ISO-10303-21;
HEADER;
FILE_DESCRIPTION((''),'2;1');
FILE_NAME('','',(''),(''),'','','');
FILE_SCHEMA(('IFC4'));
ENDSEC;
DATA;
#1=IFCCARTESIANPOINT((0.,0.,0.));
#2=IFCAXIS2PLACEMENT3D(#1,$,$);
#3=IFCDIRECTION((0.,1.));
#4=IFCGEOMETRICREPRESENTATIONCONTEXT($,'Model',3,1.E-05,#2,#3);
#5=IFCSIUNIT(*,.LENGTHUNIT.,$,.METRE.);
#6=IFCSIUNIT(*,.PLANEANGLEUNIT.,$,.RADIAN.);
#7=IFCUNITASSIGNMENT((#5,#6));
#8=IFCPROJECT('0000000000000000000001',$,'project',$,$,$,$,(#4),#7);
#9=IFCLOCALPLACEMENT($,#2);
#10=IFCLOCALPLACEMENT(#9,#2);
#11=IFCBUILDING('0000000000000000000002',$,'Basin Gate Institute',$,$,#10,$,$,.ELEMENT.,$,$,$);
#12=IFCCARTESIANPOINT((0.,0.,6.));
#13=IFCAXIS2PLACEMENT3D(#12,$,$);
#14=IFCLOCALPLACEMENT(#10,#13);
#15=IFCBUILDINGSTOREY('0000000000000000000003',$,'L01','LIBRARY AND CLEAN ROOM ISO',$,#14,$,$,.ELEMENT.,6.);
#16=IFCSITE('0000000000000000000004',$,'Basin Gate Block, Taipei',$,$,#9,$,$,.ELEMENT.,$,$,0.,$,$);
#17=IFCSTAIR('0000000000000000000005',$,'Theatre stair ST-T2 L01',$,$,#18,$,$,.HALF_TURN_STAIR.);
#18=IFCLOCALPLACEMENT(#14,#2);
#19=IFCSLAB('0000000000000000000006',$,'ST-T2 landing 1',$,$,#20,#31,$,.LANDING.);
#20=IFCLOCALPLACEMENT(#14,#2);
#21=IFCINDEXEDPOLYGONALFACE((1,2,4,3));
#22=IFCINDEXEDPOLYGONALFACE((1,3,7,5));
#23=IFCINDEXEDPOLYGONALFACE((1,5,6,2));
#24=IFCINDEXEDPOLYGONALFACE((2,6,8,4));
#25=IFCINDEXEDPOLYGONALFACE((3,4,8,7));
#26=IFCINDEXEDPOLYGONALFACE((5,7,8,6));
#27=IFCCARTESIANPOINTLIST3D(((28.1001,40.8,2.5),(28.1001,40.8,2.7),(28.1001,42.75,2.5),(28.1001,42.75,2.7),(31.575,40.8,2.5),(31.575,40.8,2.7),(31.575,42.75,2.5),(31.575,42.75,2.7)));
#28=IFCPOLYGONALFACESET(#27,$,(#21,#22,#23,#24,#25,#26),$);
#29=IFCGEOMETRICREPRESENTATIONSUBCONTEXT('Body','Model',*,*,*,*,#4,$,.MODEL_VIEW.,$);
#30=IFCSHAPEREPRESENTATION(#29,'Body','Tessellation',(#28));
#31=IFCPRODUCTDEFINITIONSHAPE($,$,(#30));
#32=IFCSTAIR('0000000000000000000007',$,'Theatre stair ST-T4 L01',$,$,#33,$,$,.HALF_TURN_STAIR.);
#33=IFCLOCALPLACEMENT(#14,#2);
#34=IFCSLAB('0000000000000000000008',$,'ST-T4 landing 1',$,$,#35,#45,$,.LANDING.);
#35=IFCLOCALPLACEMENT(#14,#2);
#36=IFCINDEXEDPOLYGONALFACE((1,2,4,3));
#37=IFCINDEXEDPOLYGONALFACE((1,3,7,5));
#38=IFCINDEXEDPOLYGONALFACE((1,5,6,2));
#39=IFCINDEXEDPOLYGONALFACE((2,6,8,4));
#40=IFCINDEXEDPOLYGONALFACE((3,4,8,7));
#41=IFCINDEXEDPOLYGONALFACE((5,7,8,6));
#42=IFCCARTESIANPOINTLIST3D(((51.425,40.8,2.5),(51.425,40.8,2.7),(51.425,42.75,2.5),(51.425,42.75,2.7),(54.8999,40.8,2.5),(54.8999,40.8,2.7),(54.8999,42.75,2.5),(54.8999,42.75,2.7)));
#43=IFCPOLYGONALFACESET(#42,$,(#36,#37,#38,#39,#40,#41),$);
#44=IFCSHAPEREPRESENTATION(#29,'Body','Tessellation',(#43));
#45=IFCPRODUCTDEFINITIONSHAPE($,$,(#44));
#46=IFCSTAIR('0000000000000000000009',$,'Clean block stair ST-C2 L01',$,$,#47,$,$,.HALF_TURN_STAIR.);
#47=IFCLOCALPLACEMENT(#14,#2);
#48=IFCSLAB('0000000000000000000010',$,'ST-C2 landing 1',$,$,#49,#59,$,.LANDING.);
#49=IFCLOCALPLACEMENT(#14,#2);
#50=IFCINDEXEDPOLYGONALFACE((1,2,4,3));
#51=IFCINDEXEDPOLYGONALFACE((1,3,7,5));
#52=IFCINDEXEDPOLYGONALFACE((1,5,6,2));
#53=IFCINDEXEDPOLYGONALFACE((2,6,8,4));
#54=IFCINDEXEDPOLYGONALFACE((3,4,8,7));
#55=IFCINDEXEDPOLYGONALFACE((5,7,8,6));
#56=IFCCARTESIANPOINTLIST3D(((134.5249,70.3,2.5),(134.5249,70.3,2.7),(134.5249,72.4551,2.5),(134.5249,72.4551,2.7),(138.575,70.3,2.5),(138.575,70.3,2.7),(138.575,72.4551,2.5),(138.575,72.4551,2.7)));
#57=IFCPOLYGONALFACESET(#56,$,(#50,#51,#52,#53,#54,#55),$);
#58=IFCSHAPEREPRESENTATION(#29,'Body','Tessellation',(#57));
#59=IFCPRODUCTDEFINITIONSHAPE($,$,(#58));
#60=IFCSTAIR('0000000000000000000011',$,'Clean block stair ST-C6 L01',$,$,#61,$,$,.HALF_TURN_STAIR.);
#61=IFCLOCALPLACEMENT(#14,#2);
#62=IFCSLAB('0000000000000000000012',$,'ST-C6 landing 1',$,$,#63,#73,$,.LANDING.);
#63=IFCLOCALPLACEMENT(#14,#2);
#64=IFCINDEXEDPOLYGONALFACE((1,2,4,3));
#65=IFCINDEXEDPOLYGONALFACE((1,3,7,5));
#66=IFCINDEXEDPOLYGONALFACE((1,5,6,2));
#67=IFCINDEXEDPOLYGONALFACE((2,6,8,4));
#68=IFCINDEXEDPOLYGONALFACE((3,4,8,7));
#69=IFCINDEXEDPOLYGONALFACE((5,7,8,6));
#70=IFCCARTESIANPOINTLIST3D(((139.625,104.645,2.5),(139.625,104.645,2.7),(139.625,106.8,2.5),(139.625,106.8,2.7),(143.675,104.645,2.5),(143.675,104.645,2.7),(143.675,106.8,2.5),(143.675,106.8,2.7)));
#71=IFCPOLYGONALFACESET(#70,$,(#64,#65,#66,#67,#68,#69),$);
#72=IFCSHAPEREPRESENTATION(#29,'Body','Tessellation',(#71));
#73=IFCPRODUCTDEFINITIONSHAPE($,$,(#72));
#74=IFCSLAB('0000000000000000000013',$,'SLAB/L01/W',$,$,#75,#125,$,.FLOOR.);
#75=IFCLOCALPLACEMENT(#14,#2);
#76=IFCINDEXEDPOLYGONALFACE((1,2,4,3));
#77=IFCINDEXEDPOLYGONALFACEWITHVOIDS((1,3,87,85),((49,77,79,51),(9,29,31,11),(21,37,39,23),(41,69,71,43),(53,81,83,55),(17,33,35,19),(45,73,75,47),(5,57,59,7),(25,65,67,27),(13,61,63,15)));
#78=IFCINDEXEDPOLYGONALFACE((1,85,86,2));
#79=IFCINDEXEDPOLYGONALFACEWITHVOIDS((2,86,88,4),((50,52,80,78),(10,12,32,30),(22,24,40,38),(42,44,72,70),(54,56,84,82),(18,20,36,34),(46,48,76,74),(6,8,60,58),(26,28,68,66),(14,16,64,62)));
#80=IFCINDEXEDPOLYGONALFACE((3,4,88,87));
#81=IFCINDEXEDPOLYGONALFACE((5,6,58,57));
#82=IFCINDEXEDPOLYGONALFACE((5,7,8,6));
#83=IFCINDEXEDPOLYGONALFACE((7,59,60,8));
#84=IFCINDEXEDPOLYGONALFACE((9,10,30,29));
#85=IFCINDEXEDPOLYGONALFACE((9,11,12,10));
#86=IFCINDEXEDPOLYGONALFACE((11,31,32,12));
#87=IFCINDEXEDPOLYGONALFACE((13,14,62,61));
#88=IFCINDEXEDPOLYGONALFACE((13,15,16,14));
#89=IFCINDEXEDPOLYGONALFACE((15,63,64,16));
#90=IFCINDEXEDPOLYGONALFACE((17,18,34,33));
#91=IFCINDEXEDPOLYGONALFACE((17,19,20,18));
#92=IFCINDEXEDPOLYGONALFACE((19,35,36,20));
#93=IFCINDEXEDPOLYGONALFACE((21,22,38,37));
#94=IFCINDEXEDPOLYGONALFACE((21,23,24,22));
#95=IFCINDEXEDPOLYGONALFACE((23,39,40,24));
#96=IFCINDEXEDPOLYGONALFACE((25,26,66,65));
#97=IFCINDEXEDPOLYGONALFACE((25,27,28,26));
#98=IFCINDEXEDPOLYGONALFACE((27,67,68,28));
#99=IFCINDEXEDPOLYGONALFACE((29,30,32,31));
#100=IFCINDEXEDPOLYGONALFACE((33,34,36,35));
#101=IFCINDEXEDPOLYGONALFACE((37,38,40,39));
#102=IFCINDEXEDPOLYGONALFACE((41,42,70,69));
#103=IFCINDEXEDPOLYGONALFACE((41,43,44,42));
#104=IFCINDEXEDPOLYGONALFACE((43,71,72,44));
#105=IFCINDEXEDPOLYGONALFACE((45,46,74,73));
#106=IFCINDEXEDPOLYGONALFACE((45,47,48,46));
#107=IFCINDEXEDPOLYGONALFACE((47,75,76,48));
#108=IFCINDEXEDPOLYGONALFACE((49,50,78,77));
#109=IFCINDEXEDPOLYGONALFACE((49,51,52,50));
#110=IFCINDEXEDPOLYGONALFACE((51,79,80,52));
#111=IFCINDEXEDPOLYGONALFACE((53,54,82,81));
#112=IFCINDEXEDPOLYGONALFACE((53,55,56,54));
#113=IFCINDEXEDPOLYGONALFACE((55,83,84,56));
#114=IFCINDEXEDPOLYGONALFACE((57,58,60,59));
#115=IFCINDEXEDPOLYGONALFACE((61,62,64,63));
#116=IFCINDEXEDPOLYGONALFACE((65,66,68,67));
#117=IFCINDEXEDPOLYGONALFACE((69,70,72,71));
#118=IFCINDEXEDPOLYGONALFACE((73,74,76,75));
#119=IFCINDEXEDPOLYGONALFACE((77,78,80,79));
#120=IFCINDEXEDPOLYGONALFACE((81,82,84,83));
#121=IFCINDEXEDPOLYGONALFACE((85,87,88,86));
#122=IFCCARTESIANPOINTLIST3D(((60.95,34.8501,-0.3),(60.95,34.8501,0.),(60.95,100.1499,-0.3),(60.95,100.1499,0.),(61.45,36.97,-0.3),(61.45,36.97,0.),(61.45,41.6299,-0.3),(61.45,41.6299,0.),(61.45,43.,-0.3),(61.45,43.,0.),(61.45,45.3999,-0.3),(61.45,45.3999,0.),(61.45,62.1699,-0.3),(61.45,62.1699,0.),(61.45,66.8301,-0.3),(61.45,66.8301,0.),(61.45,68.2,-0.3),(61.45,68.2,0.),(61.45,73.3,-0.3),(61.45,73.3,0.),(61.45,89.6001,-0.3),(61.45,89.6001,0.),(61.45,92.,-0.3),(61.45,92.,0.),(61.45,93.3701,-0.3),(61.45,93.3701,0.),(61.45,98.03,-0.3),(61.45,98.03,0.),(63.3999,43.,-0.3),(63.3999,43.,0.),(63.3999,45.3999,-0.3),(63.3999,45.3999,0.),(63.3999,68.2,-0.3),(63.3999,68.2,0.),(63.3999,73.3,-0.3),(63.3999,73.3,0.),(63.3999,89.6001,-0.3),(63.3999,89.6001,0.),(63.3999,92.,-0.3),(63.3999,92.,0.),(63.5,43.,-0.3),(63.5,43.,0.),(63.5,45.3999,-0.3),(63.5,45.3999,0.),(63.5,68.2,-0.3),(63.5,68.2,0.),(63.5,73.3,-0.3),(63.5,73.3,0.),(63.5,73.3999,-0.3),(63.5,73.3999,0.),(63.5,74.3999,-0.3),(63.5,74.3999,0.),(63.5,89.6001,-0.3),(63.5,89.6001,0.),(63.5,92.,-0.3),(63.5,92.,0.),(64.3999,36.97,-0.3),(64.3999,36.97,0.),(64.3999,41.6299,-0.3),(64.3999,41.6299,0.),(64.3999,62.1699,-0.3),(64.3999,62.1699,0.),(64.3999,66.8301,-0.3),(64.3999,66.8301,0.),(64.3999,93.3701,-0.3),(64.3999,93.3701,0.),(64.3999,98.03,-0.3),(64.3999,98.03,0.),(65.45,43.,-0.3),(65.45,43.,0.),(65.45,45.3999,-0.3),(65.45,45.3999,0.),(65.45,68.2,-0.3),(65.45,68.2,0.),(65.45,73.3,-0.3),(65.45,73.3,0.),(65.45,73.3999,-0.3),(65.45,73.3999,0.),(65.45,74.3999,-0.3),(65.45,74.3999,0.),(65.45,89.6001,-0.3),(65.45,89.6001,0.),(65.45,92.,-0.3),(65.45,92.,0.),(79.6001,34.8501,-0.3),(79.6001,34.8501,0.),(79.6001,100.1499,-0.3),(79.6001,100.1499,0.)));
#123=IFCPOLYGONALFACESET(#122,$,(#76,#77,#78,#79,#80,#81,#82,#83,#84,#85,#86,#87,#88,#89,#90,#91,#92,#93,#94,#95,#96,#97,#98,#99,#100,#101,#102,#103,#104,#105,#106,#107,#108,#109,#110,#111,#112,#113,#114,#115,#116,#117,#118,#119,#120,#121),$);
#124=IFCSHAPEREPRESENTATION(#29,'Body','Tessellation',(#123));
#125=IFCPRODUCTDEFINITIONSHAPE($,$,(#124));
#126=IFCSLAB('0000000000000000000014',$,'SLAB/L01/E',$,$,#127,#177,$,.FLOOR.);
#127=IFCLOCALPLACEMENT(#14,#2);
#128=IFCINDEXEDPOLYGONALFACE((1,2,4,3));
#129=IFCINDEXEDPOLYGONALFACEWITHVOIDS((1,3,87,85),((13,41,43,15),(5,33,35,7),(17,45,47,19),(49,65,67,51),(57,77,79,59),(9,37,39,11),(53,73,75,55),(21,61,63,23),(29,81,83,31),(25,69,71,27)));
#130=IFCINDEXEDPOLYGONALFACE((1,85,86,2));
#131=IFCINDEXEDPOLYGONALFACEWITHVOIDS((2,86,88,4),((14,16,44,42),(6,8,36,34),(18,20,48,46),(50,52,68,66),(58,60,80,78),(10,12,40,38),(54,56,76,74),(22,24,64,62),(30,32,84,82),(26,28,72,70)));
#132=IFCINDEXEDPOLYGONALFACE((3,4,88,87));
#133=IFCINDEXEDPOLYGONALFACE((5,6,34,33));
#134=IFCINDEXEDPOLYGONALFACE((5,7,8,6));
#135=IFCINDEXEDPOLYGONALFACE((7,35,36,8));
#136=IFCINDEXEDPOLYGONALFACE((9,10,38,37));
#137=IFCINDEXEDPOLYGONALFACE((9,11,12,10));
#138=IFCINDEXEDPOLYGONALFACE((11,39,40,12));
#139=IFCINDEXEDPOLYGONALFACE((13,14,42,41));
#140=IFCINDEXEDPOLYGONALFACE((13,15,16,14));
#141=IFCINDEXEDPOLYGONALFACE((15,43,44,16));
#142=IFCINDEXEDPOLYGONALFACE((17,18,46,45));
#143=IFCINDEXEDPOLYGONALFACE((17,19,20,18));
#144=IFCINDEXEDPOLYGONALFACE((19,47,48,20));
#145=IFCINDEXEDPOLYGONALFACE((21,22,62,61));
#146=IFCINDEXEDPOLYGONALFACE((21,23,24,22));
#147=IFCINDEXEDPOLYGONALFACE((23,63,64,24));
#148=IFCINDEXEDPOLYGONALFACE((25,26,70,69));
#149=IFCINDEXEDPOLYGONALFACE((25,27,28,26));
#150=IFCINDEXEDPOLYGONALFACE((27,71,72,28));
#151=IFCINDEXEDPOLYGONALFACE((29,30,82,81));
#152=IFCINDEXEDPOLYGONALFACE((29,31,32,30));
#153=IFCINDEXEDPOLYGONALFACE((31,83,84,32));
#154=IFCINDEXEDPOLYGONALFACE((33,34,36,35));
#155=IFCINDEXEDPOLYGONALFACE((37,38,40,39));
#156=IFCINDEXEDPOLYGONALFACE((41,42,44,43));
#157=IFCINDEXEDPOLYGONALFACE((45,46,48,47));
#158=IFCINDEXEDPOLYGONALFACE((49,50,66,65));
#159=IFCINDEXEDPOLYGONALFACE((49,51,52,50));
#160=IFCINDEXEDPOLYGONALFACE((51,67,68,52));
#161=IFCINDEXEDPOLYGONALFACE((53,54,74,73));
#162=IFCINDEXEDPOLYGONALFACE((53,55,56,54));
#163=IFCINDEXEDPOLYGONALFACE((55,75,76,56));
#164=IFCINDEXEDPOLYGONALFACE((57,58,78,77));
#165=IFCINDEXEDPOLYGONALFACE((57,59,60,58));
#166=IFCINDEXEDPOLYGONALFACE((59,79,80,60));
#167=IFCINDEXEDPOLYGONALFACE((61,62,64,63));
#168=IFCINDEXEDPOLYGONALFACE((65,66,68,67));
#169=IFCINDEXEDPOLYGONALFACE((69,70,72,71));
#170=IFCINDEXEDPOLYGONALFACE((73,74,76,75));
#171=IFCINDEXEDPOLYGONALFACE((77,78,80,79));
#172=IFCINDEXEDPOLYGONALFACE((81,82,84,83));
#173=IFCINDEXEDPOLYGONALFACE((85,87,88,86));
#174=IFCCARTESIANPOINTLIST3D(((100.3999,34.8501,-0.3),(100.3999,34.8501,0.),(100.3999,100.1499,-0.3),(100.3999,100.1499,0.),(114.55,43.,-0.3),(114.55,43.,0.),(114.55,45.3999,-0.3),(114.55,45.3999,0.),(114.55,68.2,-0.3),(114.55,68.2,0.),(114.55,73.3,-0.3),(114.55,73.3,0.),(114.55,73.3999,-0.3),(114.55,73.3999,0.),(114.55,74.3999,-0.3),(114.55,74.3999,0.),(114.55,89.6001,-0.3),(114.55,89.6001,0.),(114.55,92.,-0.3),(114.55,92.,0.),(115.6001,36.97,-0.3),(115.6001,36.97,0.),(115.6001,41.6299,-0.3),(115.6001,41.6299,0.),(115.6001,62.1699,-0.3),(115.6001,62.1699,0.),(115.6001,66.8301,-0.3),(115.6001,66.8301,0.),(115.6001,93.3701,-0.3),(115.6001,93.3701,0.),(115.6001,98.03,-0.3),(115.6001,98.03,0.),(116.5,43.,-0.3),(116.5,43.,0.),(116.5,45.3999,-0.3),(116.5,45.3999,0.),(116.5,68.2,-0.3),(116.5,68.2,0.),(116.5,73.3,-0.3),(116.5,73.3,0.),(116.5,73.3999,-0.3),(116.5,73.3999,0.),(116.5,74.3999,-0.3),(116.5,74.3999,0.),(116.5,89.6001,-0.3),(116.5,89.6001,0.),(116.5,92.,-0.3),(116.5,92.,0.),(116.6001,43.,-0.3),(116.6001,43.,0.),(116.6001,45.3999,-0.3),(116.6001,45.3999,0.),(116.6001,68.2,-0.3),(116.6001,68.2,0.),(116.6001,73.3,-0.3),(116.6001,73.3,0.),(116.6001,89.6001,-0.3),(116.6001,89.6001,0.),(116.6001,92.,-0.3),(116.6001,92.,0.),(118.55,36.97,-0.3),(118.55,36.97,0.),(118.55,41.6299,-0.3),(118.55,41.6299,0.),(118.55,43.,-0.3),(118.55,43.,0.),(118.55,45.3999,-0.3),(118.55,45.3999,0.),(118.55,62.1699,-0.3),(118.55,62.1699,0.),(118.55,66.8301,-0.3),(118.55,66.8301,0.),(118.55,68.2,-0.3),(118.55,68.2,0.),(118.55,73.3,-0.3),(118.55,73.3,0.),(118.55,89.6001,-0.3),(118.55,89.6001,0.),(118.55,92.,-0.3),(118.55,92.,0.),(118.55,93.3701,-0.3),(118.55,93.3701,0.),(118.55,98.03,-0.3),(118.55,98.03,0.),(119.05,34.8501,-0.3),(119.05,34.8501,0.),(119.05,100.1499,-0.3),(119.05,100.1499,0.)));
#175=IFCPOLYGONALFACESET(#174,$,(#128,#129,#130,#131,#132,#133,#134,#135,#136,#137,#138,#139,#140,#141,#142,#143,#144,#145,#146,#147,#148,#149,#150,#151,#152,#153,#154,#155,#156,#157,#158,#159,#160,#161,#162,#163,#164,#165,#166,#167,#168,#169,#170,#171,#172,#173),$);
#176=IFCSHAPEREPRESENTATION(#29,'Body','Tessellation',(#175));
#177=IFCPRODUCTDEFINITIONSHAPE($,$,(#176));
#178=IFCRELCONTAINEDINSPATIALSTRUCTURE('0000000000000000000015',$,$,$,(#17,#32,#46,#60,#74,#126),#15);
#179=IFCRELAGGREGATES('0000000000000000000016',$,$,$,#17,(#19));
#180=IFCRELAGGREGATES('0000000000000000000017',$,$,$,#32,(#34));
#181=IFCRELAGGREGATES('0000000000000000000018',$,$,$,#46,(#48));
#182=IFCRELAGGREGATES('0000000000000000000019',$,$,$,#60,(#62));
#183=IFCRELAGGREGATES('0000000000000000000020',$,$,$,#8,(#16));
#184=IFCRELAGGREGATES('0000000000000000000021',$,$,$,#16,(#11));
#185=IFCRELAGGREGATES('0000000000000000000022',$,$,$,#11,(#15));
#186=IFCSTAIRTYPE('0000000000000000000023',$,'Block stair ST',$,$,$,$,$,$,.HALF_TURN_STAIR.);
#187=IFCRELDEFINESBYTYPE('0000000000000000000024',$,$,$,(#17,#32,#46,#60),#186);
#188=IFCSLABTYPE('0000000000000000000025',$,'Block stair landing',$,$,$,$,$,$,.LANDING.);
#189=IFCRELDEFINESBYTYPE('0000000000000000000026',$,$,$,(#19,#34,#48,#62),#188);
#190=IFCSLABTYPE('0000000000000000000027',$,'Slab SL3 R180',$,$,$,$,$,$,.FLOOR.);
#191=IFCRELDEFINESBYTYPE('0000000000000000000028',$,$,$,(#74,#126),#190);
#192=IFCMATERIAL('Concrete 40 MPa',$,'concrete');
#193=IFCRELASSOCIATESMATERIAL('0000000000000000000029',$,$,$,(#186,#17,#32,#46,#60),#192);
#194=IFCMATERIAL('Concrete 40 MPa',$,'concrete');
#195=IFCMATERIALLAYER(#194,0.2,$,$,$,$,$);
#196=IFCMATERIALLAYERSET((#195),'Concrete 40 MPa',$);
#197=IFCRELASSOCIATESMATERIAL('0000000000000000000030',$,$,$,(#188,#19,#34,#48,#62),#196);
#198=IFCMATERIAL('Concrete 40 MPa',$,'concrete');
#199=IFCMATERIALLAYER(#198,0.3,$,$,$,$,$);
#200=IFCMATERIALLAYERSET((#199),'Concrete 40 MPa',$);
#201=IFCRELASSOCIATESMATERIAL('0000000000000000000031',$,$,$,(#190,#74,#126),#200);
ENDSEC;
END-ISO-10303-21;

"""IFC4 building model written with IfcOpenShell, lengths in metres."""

from ifc_helpers import new_model, si_unit, direction, frame, origin, place, context, subcontext, project, spatial, polyline, outline, extrude, material, layer, layer_set, type_object, element, aggregate, save


model = new_model("IFC4")

# Units and contexts
model_context = context("Model", 3, precision=1e-05, world=origin(), true_north=direction((0.0, 1.0)))
body_context = subcontext(model_context, "Body", "Model", "MODEL_VIEW")
ifc_project = project(units=[si_unit("LENGTHUNIT", "METRE"), si_unit("PLANEANGLEUNIT", "RADIAN")], contexts=[model_context])

# Site, building, storey
site_placement = place(None, origin())
site = spatial("IfcSite", under=ifc_project, at=site_placement, Name="Basin Gate Block, Taipei", CompositionType="ELEMENT", RefElevation=0.0)
building_placement = place(site_placement, origin())
building = spatial("IfcBuilding", under=site, at=building_placement, Name="Basin Gate Institute", CompositionType="ELEMENT")
storey_placement = place(building_placement, frame((0.0, 0.0, 6.0)))
storey = spatial("IfcBuildingStorey", under=building, at=storey_placement, Name="L01", Description="LIBRARY AND CLEAN ROOM ISO", CompositionType="ELEMENT", Elevation=6.0)

# Stairs, slabs
ifc_material_1 = material(Name="Concrete 40 MPa", Category="concrete")
stair_type_1 = type_object("IfcStairType", Name="Block stair ST", PredefinedType="HALF_TURN_STAIR", material=ifc_material_1)
stair_1_placement = place(storey_placement, origin())
stair_1 = element("IfcStair", 1, at=stair_1_placement, inside=storey, type_object=stair_type_1, material=ifc_material_1, Name="Theatre stair ST-T2 L01", PredefinedType="HALF_TURN_STAIR")
ifc_material_2 = material(Name="Concrete 40 MPa", Category="concrete")
ifc_layer_1 = layer(ifc_material_2, 0.2)
ifc_layer_set_1 = layer_set([ifc_layer_1], Name="Concrete 40 MPa")
slab_type_1 = type_object("IfcSlabType", Name="Block stair landing", PredefinedType="LANDING", material=ifc_layer_set_1)
slab_1_placement = place(storey_placement, frame((0.0, 0.0, 2.5)))
slab_1 = element("IfcSlab", 2, at=slab_1_placement, type_object=slab_type_1, material=ifc_layer_set_1, Name="ST-T2 landing 1", PredefinedType="LANDING", context=body_context, shape_type="SweptSolid", body=[
    extrude(outline(polyline([(28.1001, 40.8), (31.575, 40.8), (31.575, 42.75), (28.1001, 42.75), (28.1001, 40.8)])), origin(), (0.0, 0.0, 1.0), 0.2),
])
aggregate(stair_1, [slab_1])
stair_2_placement = place(storey_placement, origin())
stair_2 = element("IfcStair", 3, at=stair_2_placement, inside=storey, type_object=stair_type_1, material=ifc_material_1, Name="Theatre stair ST-T4 L01", PredefinedType="HALF_TURN_STAIR")
slab_2_placement = place(storey_placement, frame((0.0, 0.0, 2.5)))
slab_2 = element("IfcSlab", 4, at=slab_2_placement, type_object=slab_type_1, material=ifc_layer_set_1, Name="ST-T4 landing 1", PredefinedType="LANDING", context=body_context, shape_type="SweptSolid", body=[
    extrude(outline(polyline([(51.425, 40.8), (54.8999, 40.8), (54.8999, 42.75), (51.425, 42.75), (51.425, 40.8)])), origin(), (0.0, 0.0, 1.0), 0.2),
])
aggregate(stair_2, [slab_2])
stair_3_placement = place(storey_placement, origin())
stair_3 = element("IfcStair", 5, at=stair_3_placement, inside=storey, type_object=stair_type_1, material=ifc_material_1, Name="Clean block stair ST-C2 L01", PredefinedType="HALF_TURN_STAIR")
slab_3_placement = place(storey_placement, frame((0.0, 0.0, 2.5)))
slab_3 = element("IfcSlab", 6, at=slab_3_placement, type_object=slab_type_1, material=ifc_layer_set_1, Name="ST-C2 landing 1", PredefinedType="LANDING", context=body_context, shape_type="SweptSolid", body=[
    extrude(outline(polyline([(134.5249, 70.3), (138.575, 70.3), (138.575, 72.4551), (134.5249, 72.4551), (134.5249, 70.3)])), origin(), (0.0, 0.0, 1.0), 0.2),
])
aggregate(stair_3, [slab_3])
stair_4_placement = place(storey_placement, origin())
stair_4 = element("IfcStair", 7, at=stair_4_placement, inside=storey, type_object=stair_type_1, material=ifc_material_1, Name="Clean block stair ST-C6 L01", PredefinedType="HALF_TURN_STAIR")
slab_4_placement = place(storey_placement, frame((0.0, 0.0, 2.5)))
slab_4 = element("IfcSlab", 8, at=slab_4_placement, type_object=slab_type_1, material=ifc_layer_set_1, Name="ST-C6 landing 1", PredefinedType="LANDING", context=body_context, shape_type="SweptSolid", body=[
    extrude(outline(polyline([(139.625, 104.645), (143.675, 104.645), (143.675, 106.8), (139.625, 106.8), (139.625, 104.645)])), origin(), (0.0, 0.0, 1.0), 0.2),
])
aggregate(stair_4, [slab_4])

# Slabs
ifc_material_3 = material(Name="Concrete 40 MPa", Category="concrete")
ifc_layer_2 = layer(ifc_material_3, 0.3)
ifc_layer_set_2 = layer_set([ifc_layer_2], Name="Concrete 40 MPa")
slab_type_2 = type_object("IfcSlabType", Name="Slab SL3 R180", PredefinedType="FLOOR", material=ifc_layer_set_2)
slab_5_placement = place(storey_placement, frame((0.0, 0.0, -0.3)))
element("IfcSlab", 9, at=slab_5_placement, inside=storey, type_object=slab_type_2, material=ifc_layer_set_2, Name="SLAB/L01/W", PredefinedType="FLOOR", context=body_context, shape_type="SweptSolid", body=[
    extrude(outline(polyline([(60.95, 34.8501), (79.6001, 34.8501), (79.6001, 100.1499), (60.95, 100.1499), (60.95, 34.8501)]), holes=[polyline([(61.45, 36.97), (64.3999, 36.97), (64.3999, 41.6299), (61.45, 41.6299), (61.45, 36.97)]), polyline([(61.45, 62.1699), (64.3999, 62.1699), (64.3999, 66.8301), (61.45, 66.8301), (61.45, 62.1699)]), polyline([(61.45, 93.3701), (64.3999, 93.3701), (64.3999, 98.03), (61.45, 98.03), (61.45, 93.3701)]), polyline([(61.45, 43.0), (63.3999, 43.0), (63.3999, 45.3999), (61.45, 45.3999), (61.45, 43.0)]), polyline([(61.45, 68.2), (63.3999, 68.2), (63.3999, 73.3), (61.45, 73.3), (61.45, 68.2)]), polyline([(63.5, 73.3999), (65.45, 73.3999), (65.45, 74.3999), (63.5, 74.3999), (63.5, 73.3999)]), polyline([(61.45, 89.6001), (63.3999, 89.6001), (63.3999, 92.0), (61.45, 92.0), (61.45, 89.6001)]), polyline([(63.5, 43.0), (65.45, 43.0), (65.45, 45.3999), (63.5, 45.3999), (63.5, 43.0)]), polyline([(65.45, 68.2), (63.5, 68.2), (63.5, 73.3), (65.45, 73.3), (65.45, 68.2)]), polyline([(63.5, 89.6001), (65.45, 89.6001), (65.45, 92.0), (63.5, 92.0), (63.5, 89.6001)])]), origin(), (0.0, 0.0, 1.0), 0.3),
])
slab_6_placement = place(storey_placement, frame((0.0, 0.0, -0.3)))
element("IfcSlab", 10, at=slab_6_placement, inside=storey, type_object=slab_type_2, material=ifc_layer_set_2, Name="SLAB/L01/E", PredefinedType="FLOOR", context=body_context, shape_type="SweptSolid", body=[
    extrude(outline(polyline([(119.05, 100.1499), (100.3999, 100.1499), (100.3999, 34.8501), (119.05, 34.8501), (119.05, 100.1499)]), holes=[polyline([(118.55, 41.6299), (115.6001, 41.6299), (115.6001, 36.97), (118.55, 36.97), (118.55, 41.6299)]), polyline([(118.55, 66.8301), (115.6001, 66.8301), (115.6001, 62.1699), (118.55, 62.1699), (118.55, 66.8301)]), polyline([(118.55, 98.03), (115.6001, 98.03), (115.6001, 93.3701), (118.55, 93.3701), (118.55, 98.03)]), polyline([(118.55, 45.3999), (116.6001, 45.3999), (116.6001, 43.0), (118.55, 43.0), (118.55, 45.3999)]), polyline([(118.55, 73.3), (116.6001, 73.3), (116.6001, 68.2), (118.55, 68.2), (118.55, 73.3)]), polyline([(116.5, 74.3999), (114.55, 74.3999), (114.55, 73.3999), (116.5, 73.3999), (116.5, 74.3999)]), polyline([(118.55, 92.0), (116.6001, 92.0), (116.6001, 89.6001), (118.55, 89.6001), (118.55, 92.0)]), polyline([(116.5, 45.3999), (114.55, 45.3999), (114.55, 43.0), (116.5, 43.0), (116.5, 45.3999)]), polyline([(116.5, 68.2), (114.55, 68.2), (114.55, 73.3), (116.5, 73.3), (116.5, 68.2)]), polyline([(116.5, 92.0), (114.55, 92.0), (114.55, 89.6001), (116.5, 89.6001), (116.5, 92.0)])]), origin(), (0.0, 0.0, 1.0), 0.3),
])

save(model, "model.ifc")
